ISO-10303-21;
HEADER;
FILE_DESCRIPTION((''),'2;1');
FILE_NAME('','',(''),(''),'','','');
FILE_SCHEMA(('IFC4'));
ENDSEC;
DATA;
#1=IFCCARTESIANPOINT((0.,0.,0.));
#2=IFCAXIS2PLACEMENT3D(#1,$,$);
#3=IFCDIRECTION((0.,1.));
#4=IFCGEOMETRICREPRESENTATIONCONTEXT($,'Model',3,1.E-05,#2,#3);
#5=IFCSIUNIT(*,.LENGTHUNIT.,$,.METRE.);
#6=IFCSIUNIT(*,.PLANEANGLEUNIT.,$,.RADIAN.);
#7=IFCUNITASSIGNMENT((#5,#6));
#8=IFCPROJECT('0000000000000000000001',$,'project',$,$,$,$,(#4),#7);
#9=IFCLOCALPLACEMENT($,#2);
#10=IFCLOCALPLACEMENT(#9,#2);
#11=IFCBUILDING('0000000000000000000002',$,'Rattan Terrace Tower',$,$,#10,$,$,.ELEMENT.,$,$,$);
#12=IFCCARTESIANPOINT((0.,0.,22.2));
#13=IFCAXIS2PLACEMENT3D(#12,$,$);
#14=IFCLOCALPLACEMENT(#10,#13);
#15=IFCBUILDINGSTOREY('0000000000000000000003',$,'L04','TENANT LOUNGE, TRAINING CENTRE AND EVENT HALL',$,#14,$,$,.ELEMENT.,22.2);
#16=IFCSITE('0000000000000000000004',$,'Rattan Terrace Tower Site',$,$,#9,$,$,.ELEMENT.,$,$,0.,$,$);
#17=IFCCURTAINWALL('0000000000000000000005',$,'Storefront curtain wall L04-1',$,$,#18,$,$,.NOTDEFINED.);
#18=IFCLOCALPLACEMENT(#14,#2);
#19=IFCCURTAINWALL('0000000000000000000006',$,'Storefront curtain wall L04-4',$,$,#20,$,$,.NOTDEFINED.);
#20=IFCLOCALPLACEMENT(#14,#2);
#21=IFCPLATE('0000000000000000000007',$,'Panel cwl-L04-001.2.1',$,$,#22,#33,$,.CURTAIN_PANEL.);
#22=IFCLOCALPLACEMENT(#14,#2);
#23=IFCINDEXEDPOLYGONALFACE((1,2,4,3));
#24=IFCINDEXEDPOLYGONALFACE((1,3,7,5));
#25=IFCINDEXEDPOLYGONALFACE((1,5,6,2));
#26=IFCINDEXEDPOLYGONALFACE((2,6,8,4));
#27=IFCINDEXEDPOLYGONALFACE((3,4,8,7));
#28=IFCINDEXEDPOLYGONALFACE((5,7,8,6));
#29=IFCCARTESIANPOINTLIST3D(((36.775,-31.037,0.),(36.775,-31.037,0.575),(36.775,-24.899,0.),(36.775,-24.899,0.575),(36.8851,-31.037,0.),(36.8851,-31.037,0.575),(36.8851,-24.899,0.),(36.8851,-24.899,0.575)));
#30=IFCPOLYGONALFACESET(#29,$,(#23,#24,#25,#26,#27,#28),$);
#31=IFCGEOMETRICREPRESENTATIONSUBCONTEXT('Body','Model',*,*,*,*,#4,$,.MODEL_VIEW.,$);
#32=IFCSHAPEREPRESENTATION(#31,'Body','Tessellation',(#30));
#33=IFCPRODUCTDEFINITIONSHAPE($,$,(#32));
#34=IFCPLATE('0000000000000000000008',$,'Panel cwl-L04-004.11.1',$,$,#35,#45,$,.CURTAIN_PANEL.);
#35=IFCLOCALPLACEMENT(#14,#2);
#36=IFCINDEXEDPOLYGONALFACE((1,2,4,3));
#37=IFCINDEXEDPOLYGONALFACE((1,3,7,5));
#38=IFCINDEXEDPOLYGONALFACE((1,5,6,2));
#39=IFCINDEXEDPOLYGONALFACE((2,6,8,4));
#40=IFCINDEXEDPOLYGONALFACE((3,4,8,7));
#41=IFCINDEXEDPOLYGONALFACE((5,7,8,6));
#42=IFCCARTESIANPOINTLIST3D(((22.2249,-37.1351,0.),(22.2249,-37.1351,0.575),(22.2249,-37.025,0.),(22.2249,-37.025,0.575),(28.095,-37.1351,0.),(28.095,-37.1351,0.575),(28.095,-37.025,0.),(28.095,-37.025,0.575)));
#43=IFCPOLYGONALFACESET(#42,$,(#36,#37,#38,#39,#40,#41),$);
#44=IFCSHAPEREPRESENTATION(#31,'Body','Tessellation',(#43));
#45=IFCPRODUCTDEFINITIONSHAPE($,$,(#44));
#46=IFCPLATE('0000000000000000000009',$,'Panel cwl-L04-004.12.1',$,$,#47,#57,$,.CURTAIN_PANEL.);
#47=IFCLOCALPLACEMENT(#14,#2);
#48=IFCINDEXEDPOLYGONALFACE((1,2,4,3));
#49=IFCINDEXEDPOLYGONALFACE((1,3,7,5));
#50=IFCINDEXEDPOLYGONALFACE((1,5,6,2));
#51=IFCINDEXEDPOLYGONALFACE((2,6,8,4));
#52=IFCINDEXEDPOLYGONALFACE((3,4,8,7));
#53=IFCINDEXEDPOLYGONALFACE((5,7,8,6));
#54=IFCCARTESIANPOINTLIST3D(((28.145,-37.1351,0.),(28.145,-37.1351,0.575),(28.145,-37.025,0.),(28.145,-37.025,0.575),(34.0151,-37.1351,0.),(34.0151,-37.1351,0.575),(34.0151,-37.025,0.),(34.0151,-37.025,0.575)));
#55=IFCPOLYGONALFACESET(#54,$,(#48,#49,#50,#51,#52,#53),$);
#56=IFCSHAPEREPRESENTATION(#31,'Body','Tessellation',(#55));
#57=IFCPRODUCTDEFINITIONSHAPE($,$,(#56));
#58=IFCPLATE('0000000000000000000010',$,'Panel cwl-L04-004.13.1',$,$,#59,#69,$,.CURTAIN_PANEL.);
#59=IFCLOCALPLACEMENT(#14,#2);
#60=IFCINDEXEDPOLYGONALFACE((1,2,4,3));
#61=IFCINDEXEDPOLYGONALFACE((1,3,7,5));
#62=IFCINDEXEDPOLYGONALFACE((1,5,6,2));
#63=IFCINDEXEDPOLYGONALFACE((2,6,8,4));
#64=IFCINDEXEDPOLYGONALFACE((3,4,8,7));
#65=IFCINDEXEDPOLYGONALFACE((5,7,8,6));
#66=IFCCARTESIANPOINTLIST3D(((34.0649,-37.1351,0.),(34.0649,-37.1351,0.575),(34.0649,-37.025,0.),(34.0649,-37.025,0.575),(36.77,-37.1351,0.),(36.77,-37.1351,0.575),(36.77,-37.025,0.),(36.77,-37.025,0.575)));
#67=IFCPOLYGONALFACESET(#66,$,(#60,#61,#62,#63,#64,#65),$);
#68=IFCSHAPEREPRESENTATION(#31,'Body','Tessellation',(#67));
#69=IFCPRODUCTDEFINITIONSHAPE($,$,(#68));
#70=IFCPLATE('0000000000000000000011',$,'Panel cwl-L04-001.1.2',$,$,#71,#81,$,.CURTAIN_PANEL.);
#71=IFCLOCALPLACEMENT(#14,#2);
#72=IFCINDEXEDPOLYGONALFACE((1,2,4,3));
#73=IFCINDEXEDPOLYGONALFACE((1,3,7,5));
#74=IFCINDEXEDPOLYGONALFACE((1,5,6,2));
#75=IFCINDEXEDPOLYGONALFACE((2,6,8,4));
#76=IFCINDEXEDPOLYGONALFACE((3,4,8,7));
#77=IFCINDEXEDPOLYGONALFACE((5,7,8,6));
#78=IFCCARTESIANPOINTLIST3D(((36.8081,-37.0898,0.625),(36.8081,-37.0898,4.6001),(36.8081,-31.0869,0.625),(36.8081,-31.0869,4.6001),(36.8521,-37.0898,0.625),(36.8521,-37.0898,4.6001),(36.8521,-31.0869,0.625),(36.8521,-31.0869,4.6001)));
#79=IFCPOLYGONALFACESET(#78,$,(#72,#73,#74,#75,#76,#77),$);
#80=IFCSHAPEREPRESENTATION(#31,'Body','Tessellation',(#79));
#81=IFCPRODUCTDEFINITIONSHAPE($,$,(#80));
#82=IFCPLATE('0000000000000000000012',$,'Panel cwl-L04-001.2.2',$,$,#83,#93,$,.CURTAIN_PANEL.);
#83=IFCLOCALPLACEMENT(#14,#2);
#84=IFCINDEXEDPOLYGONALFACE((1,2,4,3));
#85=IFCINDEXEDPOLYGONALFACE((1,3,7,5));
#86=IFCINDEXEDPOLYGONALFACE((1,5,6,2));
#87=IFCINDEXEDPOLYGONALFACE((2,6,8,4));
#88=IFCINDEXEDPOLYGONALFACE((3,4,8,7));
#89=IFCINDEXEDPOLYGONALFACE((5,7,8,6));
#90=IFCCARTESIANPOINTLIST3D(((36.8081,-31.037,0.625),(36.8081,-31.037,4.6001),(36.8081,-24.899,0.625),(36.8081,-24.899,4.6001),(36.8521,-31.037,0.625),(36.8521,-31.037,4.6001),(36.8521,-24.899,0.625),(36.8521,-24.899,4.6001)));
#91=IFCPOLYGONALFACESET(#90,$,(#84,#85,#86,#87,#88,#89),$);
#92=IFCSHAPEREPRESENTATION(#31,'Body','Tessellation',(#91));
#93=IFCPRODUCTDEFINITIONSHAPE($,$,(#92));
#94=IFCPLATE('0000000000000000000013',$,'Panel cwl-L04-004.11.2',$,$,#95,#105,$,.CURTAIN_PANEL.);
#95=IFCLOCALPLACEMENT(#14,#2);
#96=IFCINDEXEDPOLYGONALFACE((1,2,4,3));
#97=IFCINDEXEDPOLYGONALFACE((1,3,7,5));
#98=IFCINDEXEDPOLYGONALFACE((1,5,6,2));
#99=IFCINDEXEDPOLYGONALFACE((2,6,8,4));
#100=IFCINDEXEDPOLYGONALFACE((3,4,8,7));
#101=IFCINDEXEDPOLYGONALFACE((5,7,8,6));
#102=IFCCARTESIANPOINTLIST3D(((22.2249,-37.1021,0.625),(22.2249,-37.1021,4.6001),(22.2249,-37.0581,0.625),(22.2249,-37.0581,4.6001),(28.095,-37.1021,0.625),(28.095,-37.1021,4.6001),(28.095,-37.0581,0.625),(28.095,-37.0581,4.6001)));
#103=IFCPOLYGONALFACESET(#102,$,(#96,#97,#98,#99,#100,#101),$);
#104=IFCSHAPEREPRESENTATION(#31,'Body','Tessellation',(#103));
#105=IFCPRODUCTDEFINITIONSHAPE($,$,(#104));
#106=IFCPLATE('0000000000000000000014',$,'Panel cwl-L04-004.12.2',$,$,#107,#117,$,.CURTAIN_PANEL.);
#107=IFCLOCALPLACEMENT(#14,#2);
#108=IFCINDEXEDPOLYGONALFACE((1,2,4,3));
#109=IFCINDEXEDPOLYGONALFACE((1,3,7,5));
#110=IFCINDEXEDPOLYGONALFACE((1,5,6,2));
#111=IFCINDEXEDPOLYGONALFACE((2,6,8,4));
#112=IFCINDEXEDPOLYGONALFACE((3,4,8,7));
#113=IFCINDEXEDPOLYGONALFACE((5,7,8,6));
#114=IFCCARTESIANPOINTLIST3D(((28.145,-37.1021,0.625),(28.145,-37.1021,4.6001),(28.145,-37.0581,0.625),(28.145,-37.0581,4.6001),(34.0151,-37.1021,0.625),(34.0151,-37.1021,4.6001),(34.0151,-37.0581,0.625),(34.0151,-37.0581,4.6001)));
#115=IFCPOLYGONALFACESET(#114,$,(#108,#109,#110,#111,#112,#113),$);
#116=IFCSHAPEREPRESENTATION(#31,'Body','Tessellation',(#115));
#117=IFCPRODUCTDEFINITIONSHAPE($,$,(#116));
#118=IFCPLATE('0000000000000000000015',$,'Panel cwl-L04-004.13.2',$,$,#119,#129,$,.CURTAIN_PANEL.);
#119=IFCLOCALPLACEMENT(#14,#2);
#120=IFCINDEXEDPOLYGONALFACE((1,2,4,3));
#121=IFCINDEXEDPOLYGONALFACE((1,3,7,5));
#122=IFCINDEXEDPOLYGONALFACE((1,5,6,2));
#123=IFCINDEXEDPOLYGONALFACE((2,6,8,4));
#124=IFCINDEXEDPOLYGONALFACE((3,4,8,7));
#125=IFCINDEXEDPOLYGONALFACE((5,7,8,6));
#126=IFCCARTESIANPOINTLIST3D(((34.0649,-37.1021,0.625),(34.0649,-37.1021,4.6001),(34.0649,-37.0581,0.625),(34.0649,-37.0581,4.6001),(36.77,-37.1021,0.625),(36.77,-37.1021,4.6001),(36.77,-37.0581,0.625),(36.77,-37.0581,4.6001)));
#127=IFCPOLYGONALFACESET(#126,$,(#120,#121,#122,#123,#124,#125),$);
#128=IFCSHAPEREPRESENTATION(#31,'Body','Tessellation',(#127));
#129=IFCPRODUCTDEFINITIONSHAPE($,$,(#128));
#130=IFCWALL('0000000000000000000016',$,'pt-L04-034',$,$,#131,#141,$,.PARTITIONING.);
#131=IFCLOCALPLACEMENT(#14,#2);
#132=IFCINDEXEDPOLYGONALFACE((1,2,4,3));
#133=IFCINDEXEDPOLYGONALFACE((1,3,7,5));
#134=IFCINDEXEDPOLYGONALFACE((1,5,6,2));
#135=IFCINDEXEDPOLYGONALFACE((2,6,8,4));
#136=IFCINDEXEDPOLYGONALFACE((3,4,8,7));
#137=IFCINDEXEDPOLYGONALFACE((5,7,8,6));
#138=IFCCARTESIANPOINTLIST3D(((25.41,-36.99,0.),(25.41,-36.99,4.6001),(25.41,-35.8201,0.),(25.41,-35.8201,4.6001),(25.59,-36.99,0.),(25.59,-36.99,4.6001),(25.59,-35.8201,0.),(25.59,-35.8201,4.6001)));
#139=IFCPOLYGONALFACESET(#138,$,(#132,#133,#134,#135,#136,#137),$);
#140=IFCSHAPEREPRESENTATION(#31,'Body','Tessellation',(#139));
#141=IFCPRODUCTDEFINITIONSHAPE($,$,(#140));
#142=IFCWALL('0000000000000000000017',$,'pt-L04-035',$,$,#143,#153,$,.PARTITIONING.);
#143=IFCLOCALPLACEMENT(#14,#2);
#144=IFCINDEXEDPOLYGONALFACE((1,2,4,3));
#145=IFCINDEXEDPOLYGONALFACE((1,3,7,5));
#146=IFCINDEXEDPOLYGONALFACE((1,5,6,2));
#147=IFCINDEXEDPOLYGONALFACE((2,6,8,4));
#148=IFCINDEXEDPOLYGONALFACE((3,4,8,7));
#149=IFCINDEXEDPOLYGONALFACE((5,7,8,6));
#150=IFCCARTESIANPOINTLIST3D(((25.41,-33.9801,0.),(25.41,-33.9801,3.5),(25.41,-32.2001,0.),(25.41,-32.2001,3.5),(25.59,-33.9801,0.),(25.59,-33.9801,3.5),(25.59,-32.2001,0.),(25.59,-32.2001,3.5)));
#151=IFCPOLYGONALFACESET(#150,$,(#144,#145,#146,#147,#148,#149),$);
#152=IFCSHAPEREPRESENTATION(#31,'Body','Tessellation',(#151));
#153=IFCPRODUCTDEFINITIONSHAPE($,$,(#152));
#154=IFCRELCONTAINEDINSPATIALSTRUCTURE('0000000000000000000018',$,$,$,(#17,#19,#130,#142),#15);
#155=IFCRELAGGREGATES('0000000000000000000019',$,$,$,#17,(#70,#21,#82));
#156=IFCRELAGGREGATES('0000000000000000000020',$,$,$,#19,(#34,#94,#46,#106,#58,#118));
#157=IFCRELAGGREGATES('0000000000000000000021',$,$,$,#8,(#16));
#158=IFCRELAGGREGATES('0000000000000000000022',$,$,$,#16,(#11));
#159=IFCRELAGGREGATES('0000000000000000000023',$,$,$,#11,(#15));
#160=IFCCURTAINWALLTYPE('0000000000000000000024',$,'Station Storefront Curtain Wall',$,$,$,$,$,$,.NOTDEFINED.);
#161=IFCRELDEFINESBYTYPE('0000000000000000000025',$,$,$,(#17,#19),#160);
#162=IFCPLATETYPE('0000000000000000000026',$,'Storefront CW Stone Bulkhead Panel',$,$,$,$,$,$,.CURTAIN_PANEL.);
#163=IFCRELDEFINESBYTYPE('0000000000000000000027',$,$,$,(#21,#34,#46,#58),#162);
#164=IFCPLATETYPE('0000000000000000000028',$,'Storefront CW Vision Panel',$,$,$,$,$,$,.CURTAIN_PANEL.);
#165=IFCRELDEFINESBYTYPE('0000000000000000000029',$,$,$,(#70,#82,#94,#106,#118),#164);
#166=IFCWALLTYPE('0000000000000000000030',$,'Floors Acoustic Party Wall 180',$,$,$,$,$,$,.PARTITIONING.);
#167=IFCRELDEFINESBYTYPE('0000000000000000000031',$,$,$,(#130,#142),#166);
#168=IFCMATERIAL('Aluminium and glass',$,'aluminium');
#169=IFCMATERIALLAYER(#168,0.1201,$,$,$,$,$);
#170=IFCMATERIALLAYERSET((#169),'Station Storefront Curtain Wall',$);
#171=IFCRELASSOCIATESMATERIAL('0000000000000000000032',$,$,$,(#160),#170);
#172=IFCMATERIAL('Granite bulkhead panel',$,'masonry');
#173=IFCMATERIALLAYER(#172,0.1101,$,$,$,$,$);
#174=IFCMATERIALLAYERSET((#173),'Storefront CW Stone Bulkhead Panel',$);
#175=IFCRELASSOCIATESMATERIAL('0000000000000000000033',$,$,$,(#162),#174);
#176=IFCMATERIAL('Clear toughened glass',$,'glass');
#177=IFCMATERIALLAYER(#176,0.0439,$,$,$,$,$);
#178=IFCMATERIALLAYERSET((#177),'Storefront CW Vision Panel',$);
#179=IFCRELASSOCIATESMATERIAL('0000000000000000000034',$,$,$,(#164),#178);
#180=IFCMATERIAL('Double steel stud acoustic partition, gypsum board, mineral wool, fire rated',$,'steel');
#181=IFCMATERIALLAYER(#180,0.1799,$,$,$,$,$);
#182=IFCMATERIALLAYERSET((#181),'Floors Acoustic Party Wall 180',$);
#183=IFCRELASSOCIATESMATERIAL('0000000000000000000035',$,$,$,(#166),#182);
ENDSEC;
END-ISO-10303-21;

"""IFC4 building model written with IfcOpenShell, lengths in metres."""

from ifc_helpers import new_model, si_unit, direction, frame, frame_2d, origin, origin_2d, place, context, subcontext, project, spatial, rectangle, extrude, material, layer, layer_set, type_object, element, aggregate, save


model = new_model("IFC4")

# Units and contexts
model_context = context("Model", 3, precision=1e-05, world=origin(), true_north=direction((0.0, 1.0)))
body_context = subcontext(model_context, "Body", "Model", "MODEL_VIEW")
ifc_project = project(units=[si_unit("LENGTHUNIT", "METRE"), si_unit("PLANEANGLEUNIT", "RADIAN")], contexts=[model_context])

# Site, building, storey
site_placement = place(None, origin())
site = spatial("IfcSite", under=ifc_project, at=site_placement, Name="Rattan Terrace Tower Site", CompositionType="ELEMENT", RefElevation=0.0)
building_placement = place(site_placement, origin())
building = spatial("IfcBuilding", under=site, at=building_placement, Name="Rattan Terrace Tower", CompositionType="ELEMENT")
storey_placement = place(building_placement, frame((0.0, 0.0, 22.2)))
storey = spatial("IfcBuildingStorey", under=building, at=storey_placement, Name="L04", Description="TENANT LOUNGE, TRAINING CENTRE AND EVENT HALL", CompositionType="ELEMENT", Elevation=22.2)

# Curtain walls
ifc_material_1 = material(Name="Aluminium and glass", Category="aluminium")
ifc_layer_1 = layer(ifc_material_1, 0.1201)
ifc_layer_set_1 = layer_set([ifc_layer_1], Name="Station Storefront Curtain Wall")
curtain_wall_type = type_object("IfcCurtainWallType", Name="Station Storefront Curtain Wall", PredefinedType="NOTDEFINED", material=ifc_layer_set_1)
curtain_wall_1_placement = place(storey_placement, origin())
curtain_wall_1 = element("IfcCurtainWall", 1, at=curtain_wall_1_placement, inside=storey, type_object=curtain_wall_type, Name="Storefront curtain wall L04-1", PredefinedType="NOTDEFINED")
curtain_wall_2_placement = place(storey_placement, origin())
curtain_wall_2 = element("IfcCurtainWall", 2, at=curtain_wall_2_placement, inside=storey, type_object=curtain_wall_type, Name="Storefront curtain wall L04-4", PredefinedType="NOTDEFINED")

# Plates
ifc_material_2 = material(Name="Granite bulkhead panel", Category="masonry")
ifc_layer_2 = layer(ifc_material_2, 0.1101)
ifc_layer_set_2 = layer_set([ifc_layer_2], Name="Storefront CW Stone Bulkhead Panel")
plate_type_1 = type_object("IfcPlateType", Name="Storefront CW Stone Bulkhead Panel", PredefinedType="CURTAIN_PANEL", material=ifc_layer_set_2)
plate_1_placement = place(storey_placement, frame((36.8301, -27.968, 0.0), z_axis=(0.0, 0.0, 1.0), x_axis=(0.0, 1.0, 0.0)))
plate_1 = element("IfcPlate", 3, at=plate_1_placement, type_object=plate_type_1, Name="Panel cwl-L04-001.2.1", PredefinedType="CURTAIN_PANEL", context=body_context, shape_type="SweptSolid", body=[
    extrude(rectangle(XDim=6.1379, YDim=0.1101, at=origin_2d()), origin(), (0.0, 0.0, 1.0), 0.575),
])
plate_2_placement = place(storey_placement, frame((25.1599, -37.0801, 0.0), z_axis=(0.0, 0.0, 1.0), x_axis=(1.0, 0.0, 0.0)))
plate_2 = element("IfcPlate", 4, at=plate_2_placement, type_object=plate_type_1, Name="Panel cwl-L04-004.11.1", PredefinedType="CURTAIN_PANEL", context=body_context, shape_type="SweptSolid", body=[
    extrude(rectangle(XDim=5.8701, YDim=0.1101, at=origin_2d()), origin(), (0.0, 0.0, 1.0), 0.575),
])
plate_3_placement = place(storey_placement, frame((31.0801, -37.0801, 0.0), z_axis=(0.0, 0.0, 1.0), x_axis=(1.0, 0.0, 0.0)))
plate_3 = element("IfcPlate", 5, at=plate_3_placement, type_object=plate_type_1, Name="Panel cwl-L04-004.12.1", PredefinedType="CURTAIN_PANEL", context=body_context, shape_type="SweptSolid", body=[
    extrude(rectangle(XDim=5.8701, YDim=0.1101, at=origin_2d()), origin(), (0.0, 0.0, 1.0), 0.575),
])
plate_4_placement = place(storey_placement, frame((35.4175, -37.0801, 0.0), z_axis=(0.0, 0.0, 1.0), x_axis=(1.0, 0.0, 0.0)))
plate_4 = element("IfcPlate", 6, at=plate_4_placement, type_object=plate_type_1, Name="Panel cwl-L04-004.13.1", PredefinedType="CURTAIN_PANEL", context=body_context, shape_type="SweptSolid", body=[
    extrude(rectangle(XDim=2.7051, YDim=0.1101, at=origin_2d()), origin(), (0.0, 0.0, 1.0), 0.575),
])
ifc_material_3 = material(Name="Clear toughened glass", Category="glass")
ifc_layer_3 = layer(ifc_material_3, 0.0439)
ifc_layer_set_3 = layer_set([ifc_layer_3], Name="Storefront CW Vision Panel")
plate_type_2 = type_object("IfcPlateType", Name="Storefront CW Vision Panel", PredefinedType="CURTAIN_PANEL", material=ifc_layer_set_3)
plate_5_placement = place(storey_placement, frame((36.8301, -34.0884, 0.625), z_axis=(0.0, 0.0, 1.0), x_axis=(0.0, 1.0, 0.0)))
plate_5 = element("IfcPlate", 7, at=plate_5_placement, type_object=plate_type_2, Name="Panel cwl-L04-001.1.2", PredefinedType="CURTAIN_PANEL", context=body_context, shape_type="SweptSolid", body=[
    extrude(rectangle(XDim=6.0029, YDim=0.0439, at=origin_2d()), origin(), (0.0, 0.0, 1.0), 3.9751),
])
plate_6_placement = place(storey_placement, frame((36.8301, -27.968, 0.625), z_axis=(0.0, 0.0, 1.0), x_axis=(0.0, 1.0, 0.0)))
plate_6 = element("IfcPlate", 8, at=plate_6_placement, type_object=plate_type_2, Name="Panel cwl-L04-001.2.2", PredefinedType="CURTAIN_PANEL", context=body_context, shape_type="SweptSolid", body=[
    extrude(rectangle(XDim=6.1379, YDim=0.0439, at=origin_2d()), origin(), (0.0, 0.0, 1.0), 3.9751),
])
aggregate(curtain_wall_1, [plate_5, plate_1, plate_6])
plate_7_placement = place(storey_placement, frame((25.1599, -37.0801, 0.625), z_axis=(0.0, 0.0, 1.0), x_axis=(1.0, 0.0, 0.0)))
plate_7 = element("IfcPlate", 9, at=plate_7_placement, type_object=plate_type_2, Name="Panel cwl-L04-004.11.2", PredefinedType="CURTAIN_PANEL", context=body_context, shape_type="SweptSolid", body=[
    extrude(rectangle(XDim=5.8701, YDim=0.0439, at=origin_2d()), origin(), (0.0, 0.0, 1.0), 3.9751),
])
plate_8_placement = place(storey_placement, frame((31.0801, -37.0801, 0.625), z_axis=(0.0, 0.0, 1.0), x_axis=(1.0, 0.0, 0.0)))
plate_8 = element("IfcPlate", 10, at=plate_8_placement, type_object=plate_type_2, Name="Panel cwl-L04-004.12.2", PredefinedType="CURTAIN_PANEL", context=body_context, shape_type="SweptSolid", body=[
    extrude(rectangle(XDim=5.8701, YDim=0.0439, at=origin_2d()), origin(), (0.0, 0.0, 1.0), 3.9751),
])
plate_9_placement = place(storey_placement, frame((35.4175, -37.0801, 0.625), z_axis=(0.0, 0.0, 1.0), x_axis=(1.0, 0.0, 0.0)))
plate_9 = element("IfcPlate", 11, at=plate_9_placement, type_object=plate_type_2, Name="Panel cwl-L04-004.13.2", PredefinedType="CURTAIN_PANEL", context=body_context, shape_type="SweptSolid", body=[
    extrude(rectangle(XDim=2.7051, YDim=0.0439, at=origin_2d()), origin(), (0.0, 0.0, 1.0), 3.9751),
])
aggregate(curtain_wall_2, [plate_2, plate_7, plate_3, plate_8, plate_4, plate_9])

# Walls
ifc_material_4 = material(Name="Double steel stud acoustic partition, gypsum board, mineral wool, fire rated", Category="steel")
ifc_layer_4 = layer(ifc_material_4, 0.1799)
ifc_layer_set_4 = layer_set([ifc_layer_4], Name="Floors Acoustic Party Wall 180")
wall_type = type_object("IfcWallType", Name="Floors Acoustic Party Wall 180", PredefinedType="PARTITIONING", material=ifc_layer_set_4)
wall_1_placement = place(storey_placement, frame((25.5, -35.8201, 0.0), z_axis=(0.0, 0.0, 1.0), x_axis=(0.0, -1.0, 0.0)))
element("IfcWall", 12, at=wall_1_placement, inside=storey, type_object=wall_type, Name="pt-L04-034", PredefinedType="PARTITIONING", context=body_context, shape_type="SweptSolid", body=[
    extrude(rectangle(XDim=1.1699, YDim=0.1799, at=frame_2d((0.585, 0.0))), origin(), (0.0, 0.0, 1.0), 4.6001),
])
wall_2_placement = place(storey_placement, frame((25.5, -32.2, 0.0), z_axis=(0.0, 0.0, 1.0), x_axis=(0.0, -1.0, 0.0)))
element("IfcWall", 13, at=wall_2_placement, inside=storey, type_object=wall_type, Name="pt-L04-035", PredefinedType="PARTITIONING", context=body_context, shape_type="SweptSolid", body=[
    extrude(rectangle(XDim=1.78, YDim=0.1799, at=frame_2d((0.8901, 0.0))), origin(), (0.0, 0.0, 1.0), 3.5),
])

save(model, "model.ifc")
